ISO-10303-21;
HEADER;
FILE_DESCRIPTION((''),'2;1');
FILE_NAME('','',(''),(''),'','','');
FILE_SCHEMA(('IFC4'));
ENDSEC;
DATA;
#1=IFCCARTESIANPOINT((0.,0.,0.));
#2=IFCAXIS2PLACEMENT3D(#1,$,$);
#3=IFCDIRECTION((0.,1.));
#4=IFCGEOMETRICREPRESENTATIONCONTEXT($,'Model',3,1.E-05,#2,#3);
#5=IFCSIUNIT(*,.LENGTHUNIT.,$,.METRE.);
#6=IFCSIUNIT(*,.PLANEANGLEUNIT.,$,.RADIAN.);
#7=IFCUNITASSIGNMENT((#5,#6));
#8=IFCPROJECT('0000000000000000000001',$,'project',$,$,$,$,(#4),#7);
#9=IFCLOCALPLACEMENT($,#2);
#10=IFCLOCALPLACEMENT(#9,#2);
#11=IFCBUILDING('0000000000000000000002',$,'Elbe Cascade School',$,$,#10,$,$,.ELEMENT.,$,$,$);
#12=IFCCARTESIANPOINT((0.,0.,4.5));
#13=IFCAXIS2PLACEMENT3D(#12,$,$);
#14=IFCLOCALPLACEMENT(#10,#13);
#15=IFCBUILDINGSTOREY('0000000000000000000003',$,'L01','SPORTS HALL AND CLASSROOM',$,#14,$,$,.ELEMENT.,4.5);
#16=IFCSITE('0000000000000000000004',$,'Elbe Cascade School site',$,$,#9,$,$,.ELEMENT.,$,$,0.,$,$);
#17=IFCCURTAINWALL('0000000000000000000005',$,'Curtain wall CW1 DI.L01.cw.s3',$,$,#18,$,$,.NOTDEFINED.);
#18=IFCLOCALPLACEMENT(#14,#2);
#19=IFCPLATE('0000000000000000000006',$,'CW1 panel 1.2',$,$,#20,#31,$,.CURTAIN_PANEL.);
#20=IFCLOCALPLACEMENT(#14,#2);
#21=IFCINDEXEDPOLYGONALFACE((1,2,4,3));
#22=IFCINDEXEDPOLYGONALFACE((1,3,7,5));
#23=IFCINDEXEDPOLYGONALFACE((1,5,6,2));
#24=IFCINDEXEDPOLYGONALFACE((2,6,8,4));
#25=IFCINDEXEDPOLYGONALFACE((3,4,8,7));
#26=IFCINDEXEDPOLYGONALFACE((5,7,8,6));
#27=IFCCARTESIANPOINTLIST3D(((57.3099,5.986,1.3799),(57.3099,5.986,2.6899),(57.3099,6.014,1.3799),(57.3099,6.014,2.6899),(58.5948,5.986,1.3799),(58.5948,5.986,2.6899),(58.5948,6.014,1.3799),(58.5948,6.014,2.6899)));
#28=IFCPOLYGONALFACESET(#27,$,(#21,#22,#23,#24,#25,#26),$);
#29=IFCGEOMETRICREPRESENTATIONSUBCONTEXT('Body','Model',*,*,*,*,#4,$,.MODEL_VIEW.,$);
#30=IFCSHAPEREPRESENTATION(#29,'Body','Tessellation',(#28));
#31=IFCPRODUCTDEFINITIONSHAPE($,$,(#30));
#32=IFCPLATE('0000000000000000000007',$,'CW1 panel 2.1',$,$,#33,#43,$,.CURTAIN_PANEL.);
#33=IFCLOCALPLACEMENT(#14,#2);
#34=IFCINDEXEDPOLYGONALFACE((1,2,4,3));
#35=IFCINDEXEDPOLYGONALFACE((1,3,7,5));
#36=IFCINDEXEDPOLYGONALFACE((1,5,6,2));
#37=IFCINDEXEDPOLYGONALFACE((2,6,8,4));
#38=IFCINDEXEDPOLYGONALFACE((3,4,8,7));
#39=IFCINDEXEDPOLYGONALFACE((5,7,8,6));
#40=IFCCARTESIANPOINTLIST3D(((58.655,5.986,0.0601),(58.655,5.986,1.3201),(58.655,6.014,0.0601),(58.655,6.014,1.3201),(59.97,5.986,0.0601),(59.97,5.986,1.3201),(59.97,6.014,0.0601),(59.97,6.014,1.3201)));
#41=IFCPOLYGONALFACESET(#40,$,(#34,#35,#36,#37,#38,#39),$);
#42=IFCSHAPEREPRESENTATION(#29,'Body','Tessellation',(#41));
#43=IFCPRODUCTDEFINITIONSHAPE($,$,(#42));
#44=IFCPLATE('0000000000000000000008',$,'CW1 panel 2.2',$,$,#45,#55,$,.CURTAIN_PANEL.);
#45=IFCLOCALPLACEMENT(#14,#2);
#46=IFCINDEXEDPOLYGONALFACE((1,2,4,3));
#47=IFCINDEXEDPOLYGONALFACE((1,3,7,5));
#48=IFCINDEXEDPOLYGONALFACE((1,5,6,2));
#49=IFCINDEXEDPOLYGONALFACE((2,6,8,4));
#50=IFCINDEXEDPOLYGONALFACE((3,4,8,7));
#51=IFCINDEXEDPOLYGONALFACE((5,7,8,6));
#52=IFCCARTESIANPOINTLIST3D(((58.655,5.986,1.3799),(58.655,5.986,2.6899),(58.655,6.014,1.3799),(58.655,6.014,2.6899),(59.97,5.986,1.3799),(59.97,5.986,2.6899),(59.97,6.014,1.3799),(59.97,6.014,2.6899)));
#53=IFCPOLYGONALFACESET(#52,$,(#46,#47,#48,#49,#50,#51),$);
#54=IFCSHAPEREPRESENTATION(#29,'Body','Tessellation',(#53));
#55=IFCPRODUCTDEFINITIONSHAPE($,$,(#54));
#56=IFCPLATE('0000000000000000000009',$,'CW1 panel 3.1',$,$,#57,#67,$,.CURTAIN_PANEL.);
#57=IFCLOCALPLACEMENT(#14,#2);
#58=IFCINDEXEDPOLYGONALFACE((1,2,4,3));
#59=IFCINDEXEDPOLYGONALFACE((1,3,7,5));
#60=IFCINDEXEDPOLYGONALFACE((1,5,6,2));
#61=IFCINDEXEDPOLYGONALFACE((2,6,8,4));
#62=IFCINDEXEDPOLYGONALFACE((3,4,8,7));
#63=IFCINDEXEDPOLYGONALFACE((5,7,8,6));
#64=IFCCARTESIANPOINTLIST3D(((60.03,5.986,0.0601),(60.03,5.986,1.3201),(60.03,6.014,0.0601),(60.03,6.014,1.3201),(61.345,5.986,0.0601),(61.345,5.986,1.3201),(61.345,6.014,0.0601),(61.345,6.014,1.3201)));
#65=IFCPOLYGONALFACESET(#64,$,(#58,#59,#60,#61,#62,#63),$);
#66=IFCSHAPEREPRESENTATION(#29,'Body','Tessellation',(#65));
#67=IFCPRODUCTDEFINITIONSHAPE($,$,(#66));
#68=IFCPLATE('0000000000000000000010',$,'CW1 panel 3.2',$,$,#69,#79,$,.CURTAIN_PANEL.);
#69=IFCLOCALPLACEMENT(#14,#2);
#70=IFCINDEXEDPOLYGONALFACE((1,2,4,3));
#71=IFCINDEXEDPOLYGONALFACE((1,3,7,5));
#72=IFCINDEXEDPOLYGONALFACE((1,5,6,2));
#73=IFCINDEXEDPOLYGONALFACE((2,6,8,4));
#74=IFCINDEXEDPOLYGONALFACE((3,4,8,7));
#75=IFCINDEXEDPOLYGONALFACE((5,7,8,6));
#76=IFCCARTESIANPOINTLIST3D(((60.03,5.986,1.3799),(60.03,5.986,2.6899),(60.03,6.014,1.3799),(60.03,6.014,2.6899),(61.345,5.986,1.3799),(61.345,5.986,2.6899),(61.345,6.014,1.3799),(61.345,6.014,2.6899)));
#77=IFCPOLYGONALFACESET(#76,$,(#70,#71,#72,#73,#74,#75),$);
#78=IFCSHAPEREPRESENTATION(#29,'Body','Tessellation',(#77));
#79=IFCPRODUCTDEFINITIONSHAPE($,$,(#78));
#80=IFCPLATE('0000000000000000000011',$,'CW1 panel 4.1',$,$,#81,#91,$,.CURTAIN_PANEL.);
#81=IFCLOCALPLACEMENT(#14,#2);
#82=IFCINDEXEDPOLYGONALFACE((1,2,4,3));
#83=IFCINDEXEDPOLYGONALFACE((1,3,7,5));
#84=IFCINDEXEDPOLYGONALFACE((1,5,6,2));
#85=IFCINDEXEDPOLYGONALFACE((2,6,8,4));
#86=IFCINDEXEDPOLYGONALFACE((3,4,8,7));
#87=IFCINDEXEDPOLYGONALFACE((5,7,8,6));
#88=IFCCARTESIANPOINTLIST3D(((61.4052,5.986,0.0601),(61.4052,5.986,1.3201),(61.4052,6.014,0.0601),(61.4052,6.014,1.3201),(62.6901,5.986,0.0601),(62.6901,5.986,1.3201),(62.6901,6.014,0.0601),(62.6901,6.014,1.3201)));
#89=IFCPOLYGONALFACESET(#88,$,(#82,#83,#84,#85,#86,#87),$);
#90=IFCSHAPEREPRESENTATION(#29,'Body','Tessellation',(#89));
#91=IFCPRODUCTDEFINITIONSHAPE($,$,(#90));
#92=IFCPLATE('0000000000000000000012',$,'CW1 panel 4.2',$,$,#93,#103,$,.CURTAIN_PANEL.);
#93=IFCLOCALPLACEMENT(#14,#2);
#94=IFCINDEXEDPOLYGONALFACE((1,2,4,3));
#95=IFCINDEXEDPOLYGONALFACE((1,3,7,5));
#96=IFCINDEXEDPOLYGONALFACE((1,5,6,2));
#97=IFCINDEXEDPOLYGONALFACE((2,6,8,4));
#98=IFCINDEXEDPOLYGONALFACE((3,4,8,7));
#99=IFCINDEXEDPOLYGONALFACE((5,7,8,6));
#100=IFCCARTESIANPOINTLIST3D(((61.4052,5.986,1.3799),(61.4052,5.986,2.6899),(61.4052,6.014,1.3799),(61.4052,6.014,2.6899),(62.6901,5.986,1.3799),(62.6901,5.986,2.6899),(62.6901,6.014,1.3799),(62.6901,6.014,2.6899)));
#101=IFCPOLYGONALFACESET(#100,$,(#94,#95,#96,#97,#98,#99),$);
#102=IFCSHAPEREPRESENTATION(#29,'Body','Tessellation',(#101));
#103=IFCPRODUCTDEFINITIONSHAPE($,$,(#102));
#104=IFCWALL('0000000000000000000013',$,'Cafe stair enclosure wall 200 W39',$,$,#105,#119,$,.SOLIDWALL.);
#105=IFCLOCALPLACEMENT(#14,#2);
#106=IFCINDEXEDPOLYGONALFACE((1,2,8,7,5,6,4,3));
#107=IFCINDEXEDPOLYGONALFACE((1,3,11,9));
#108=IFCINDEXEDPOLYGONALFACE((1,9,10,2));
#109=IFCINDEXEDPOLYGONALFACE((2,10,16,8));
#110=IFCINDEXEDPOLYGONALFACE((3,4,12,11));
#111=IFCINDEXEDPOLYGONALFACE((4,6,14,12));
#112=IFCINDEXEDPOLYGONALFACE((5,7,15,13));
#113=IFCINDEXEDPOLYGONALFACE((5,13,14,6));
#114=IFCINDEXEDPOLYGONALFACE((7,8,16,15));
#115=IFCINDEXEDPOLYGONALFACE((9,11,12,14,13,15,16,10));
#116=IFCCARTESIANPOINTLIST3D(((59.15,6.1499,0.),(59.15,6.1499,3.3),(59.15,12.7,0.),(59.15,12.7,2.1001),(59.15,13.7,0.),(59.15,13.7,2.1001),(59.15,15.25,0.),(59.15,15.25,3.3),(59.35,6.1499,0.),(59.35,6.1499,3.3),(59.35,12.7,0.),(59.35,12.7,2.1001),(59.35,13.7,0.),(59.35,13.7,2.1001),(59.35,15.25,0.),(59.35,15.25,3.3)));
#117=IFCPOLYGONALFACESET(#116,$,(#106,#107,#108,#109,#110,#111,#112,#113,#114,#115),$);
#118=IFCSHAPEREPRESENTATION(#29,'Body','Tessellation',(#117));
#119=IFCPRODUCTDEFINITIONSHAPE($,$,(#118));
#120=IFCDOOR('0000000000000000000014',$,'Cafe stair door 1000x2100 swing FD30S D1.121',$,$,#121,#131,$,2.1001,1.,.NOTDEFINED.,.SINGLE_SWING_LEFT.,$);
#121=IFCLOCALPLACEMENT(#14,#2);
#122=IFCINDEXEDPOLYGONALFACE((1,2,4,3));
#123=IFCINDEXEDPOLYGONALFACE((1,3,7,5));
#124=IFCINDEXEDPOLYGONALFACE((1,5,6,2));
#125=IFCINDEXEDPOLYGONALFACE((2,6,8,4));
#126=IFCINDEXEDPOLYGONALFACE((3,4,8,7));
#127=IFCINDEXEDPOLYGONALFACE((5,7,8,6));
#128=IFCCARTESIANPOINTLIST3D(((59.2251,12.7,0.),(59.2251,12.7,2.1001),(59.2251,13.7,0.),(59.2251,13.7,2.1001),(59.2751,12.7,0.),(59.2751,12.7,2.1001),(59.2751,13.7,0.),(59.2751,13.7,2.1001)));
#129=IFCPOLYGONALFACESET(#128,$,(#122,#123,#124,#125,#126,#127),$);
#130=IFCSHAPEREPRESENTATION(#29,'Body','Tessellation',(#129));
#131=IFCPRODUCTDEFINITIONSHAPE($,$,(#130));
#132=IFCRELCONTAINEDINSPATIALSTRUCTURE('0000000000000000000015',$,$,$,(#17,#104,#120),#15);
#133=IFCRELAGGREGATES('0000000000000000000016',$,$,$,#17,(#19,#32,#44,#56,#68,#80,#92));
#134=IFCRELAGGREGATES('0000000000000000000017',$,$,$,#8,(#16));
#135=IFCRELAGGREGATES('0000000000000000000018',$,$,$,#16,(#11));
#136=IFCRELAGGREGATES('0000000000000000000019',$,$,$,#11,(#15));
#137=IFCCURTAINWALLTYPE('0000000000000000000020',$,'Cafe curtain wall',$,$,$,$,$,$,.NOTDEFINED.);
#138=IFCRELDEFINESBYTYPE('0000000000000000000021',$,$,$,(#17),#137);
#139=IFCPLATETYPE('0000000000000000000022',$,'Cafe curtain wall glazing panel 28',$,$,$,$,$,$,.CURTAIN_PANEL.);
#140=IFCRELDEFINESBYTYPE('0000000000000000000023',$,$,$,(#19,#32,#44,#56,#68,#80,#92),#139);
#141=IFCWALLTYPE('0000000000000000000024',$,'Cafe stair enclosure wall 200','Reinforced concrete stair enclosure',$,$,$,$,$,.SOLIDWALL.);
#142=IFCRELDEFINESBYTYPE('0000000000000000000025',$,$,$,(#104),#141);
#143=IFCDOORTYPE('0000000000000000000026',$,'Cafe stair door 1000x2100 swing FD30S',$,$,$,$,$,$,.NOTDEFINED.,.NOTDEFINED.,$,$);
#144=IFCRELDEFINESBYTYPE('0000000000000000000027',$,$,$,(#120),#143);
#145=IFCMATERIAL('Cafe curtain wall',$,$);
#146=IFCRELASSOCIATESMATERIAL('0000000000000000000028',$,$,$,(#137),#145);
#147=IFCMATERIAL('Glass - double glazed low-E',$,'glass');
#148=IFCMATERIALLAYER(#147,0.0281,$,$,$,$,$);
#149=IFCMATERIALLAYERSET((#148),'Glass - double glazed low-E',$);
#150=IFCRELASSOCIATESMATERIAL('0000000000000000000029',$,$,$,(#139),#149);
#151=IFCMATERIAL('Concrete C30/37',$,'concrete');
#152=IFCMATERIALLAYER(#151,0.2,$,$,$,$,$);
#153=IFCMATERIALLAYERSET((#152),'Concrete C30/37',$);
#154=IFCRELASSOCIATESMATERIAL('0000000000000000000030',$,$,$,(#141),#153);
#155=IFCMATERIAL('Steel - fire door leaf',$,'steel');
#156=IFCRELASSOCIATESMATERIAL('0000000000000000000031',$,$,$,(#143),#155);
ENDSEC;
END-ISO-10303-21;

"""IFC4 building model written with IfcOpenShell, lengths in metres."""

from ifc_helpers import new_model, si_unit, direction, frame, frame_2d, origin, origin_2d, place, context, subcontext, project, spatial, rectangle, extrude, material, layer, layer_set, type_object, element, fill, aggregate, save


model = new_model("IFC4")

# Units and contexts
model_context = context("Model", 3, precision=1e-05, world=origin(), true_north=direction((0.0, 1.0)))
body_context = subcontext(model_context, "Body", "Model", "MODEL_VIEW")
ifc_project = project(units=[si_unit("LENGTHUNIT", "METRE"), si_unit("PLANEANGLEUNIT", "RADIAN")], contexts=[model_context])

# Site, building, storey
site_placement = place(None, origin())
site = spatial("IfcSite", under=ifc_project, at=site_placement, Name="Elbe Cascade School site", CompositionType="ELEMENT", RefElevation=0.0)
building_placement = place(site_placement, origin())
building = spatial("IfcBuilding", under=site, at=building_placement, Name="Elbe Cascade School", CompositionType="ELEMENT")
storey_placement = place(building_placement, frame((0.0, 0.0, 4.5)))
storey = spatial("IfcBuildingStorey", under=building, at=storey_placement, Name="L01", Description="SPORTS HALL AND CLASSROOM", CompositionType="ELEMENT", Elevation=4.5)

# Curtain wall, plates
ifc_material_1 = material(Name="Cafe curtain wall")
curtain_wall_type = type_object("IfcCurtainWallType", Name="Cafe curtain wall", PredefinedType="NOTDEFINED", material=ifc_material_1)
curtain_wall_placement = place(storey_placement, origin())
curtain_wall = element("IfcCurtainWall", 1, at=curtain_wall_placement, inside=storey, type_object=curtain_wall_type, Name="Curtain wall CW1 DI.L01.cw.s3", PredefinedType="NOTDEFINED")
ifc_material_2 = material(Name="Glass - double glazed low-E", Category="glass")
ifc_layer_1 = layer(ifc_material_2, 0.0281)
ifc_layer_set_1 = layer_set([ifc_layer_1], Name="Glass - double glazed low-E")
plate_type = type_object("IfcPlateType", Name="Cafe curtain wall glazing panel 28", PredefinedType="CURTAIN_PANEL", material=ifc_layer_set_1)
plate_1_placement = place(storey_placement, frame((57.9524, 6.0, 1.3799), z_axis=(0.0, 0.0, 1.0), x_axis=(1.0, 0.0, 0.0)))
plate_1 = element("IfcPlate", 2, at=plate_1_placement, type_object=plate_type, Name="CW1 panel 1.2", PredefinedType="CURTAIN_PANEL", context=body_context, shape_type="SweptSolid", body=[
    extrude(rectangle(XDim=1.2849, YDim=0.0281, at=origin_2d()), origin(), (0.0, 0.0, 1.0), 1.3101),
])
plate_2_placement = place(storey_placement, frame((59.3125, 6.0, 0.0601), z_axis=(0.0, 0.0, 1.0), x_axis=(1.0, 0.0, 0.0)))
plate_2 = element("IfcPlate", 3, at=plate_2_placement, type_object=plate_type, Name="CW1 panel 2.1", PredefinedType="CURTAIN_PANEL", context=body_context, shape_type="SweptSolid", body=[
    extrude(rectangle(XDim=1.3149, YDim=0.0281, at=origin_2d()), origin(), (0.0, 0.0, 1.0), 1.26),
])
plate_3_placement = place(storey_placement, frame((59.3125, 6.0, 1.3799), z_axis=(0.0, 0.0, 1.0), x_axis=(1.0, 0.0, 0.0)))
plate_3 = element("IfcPlate", 4, at=plate_3_placement, type_object=plate_type, Name="CW1 panel 2.2", PredefinedType="CURTAIN_PANEL", context=body_context, shape_type="SweptSolid", body=[
    extrude(rectangle(XDim=1.3149, YDim=0.0281, at=origin_2d()), origin(), (0.0, 0.0, 1.0), 1.3101),
])
plate_4_placement = place(storey_placement, frame((60.6875, 6.0, 0.0601), z_axis=(0.0, 0.0, 1.0), x_axis=(1.0, 0.0, 0.0)))
plate_4 = element("IfcPlate", 5, at=plate_4_placement, type_object=plate_type, Name="CW1 panel 3.1", PredefinedType="CURTAIN_PANEL", context=body_context, shape_type="SweptSolid", body=[
    extrude(rectangle(XDim=1.3149, YDim=0.0281, at=origin_2d()), origin(), (0.0, 0.0, 1.0), 1.26),
])
plate_5_placement = place(storey_placement, frame((60.6875, 6.0, 1.3799), z_axis=(0.0, 0.0, 1.0), x_axis=(1.0, 0.0, 0.0)))
plate_5 = element("IfcPlate", 6, at=plate_5_placement, type_object=plate_type, Name="CW1 panel 3.2", PredefinedType="CURTAIN_PANEL", context=body_context, shape_type="SweptSolid", body=[
    extrude(rectangle(XDim=1.3149, YDim=0.0281, at=origin_2d()), origin(), (0.0, 0.0, 1.0), 1.3101),
])
plate_6_placement = place(storey_placement, frame((62.0476, 6.0, 0.0601), z_axis=(0.0, 0.0, 1.0), x_axis=(1.0, 0.0, 0.0)))
plate_6 = element("IfcPlate", 7, at=plate_6_placement, type_object=plate_type, Name="CW1 panel 4.1", PredefinedType="CURTAIN_PANEL", context=body_context, shape_type="SweptSolid", body=[
    extrude(rectangle(XDim=1.2849, YDim=0.0281, at=origin_2d()), origin(), (0.0, 0.0, 1.0), 1.26),
])
plate_7_placement = place(storey_placement, frame((62.0476, 6.0, 1.3799), z_axis=(0.0, 0.0, 1.0), x_axis=(1.0, 0.0, 0.0)))
plate_7 = element("IfcPlate", 8, at=plate_7_placement, type_object=plate_type, Name="CW1 panel 4.2", PredefinedType="CURTAIN_PANEL", context=body_context, shape_type="SweptSolid", body=[
    extrude(rectangle(XDim=1.2849, YDim=0.0281, at=origin_2d()), origin(), (0.0, 0.0, 1.0), 1.3101),
])
aggregate(curtain_wall, [plate_1, plate_2, plate_3, plate_4, plate_5, plate_6, plate_7])

# Wall, opening, door
ifc_material_3 = material(Name="Concrete C30/37", Category="concrete")
ifc_layer_2 = layer(ifc_material_3, 0.2)
ifc_layer_set_2 = layer_set([ifc_layer_2], Name="Concrete C30/37")
wall_type = type_object("IfcWallType", Name="Cafe stair enclosure wall 200", Description="Reinforced concrete stair enclosure", PredefinedType="SOLIDWALL", material=ifc_layer_set_2)
wall_placement = place(storey_placement, frame((59.25, 6.1499, 0.0), z_axis=(0.0, 0.0, 1.0), x_axis=(0.0, 1.0, 0.0)))
wall = element("IfcWall", 9, at=wall_placement, inside=storey, type_object=wall_type, Name="Cafe stair enclosure wall 200 W39", PredefinedType="SOLIDWALL", context=body_context, shape_type="SweptSolid", body=[
    extrude(rectangle(XDim=9.1001, YDim=0.2, at=frame_2d((4.55, 0.0))), origin(), (0.0, 0.0, 1.0), 3.3),
])
opening_placement = place(wall_placement, frame((6.55, 0.0, 0.0)))
opening = element("IfcOpeningElement", 10, at=opening_placement, cuts=wall, PredefinedType="OPENING", context=body_context, shape_type="SweptSolid", body=[
    extrude(rectangle(XDim=1.0, YDim=2.1001, at=frame_2d((0.5, 1.05))), frame((0.0, 0.1099, 0.0), z_axis=(0.0, -1.0, 0.0), x_axis=(1.0, 0.0, 0.0)), (0.0, 0.0, 1.0), 0.22),
])
ifc_material_4 = material(Name="Steel - fire door leaf", Category="steel")
door_type = type_object("IfcDoorType", Name="Cafe stair door 1000x2100 swing FD30S", OperationType="NOTDEFINED", PredefinedType="NOTDEFINED", material=ifc_material_4)
door_placement = place(opening_placement, origin())
door = element("IfcDoor", 11, at=door_placement, inside=storey, type_object=door_type, Name="Cafe stair door 1000x2100 swing FD30S D1.121", OperationType="SINGLE_SWING_LEFT", OverallHeight=2.1001, OverallWidth=1.0, PredefinedType="NOTDEFINED", context=body_context, shape_type="SweptSolid", body=[
    extrude(rectangle(XDim=1.0, YDim=2.1001, at=frame_2d((0.5, 1.05))), frame((0.0, 0.0249, 0.0), z_axis=(0.0, -1.0, 0.0), x_axis=(1.0, 0.0, 0.0)), (0.0, 0.0, 1.0), 0.05),
])
fill(opening, door)

save(model, "model.ifc")
